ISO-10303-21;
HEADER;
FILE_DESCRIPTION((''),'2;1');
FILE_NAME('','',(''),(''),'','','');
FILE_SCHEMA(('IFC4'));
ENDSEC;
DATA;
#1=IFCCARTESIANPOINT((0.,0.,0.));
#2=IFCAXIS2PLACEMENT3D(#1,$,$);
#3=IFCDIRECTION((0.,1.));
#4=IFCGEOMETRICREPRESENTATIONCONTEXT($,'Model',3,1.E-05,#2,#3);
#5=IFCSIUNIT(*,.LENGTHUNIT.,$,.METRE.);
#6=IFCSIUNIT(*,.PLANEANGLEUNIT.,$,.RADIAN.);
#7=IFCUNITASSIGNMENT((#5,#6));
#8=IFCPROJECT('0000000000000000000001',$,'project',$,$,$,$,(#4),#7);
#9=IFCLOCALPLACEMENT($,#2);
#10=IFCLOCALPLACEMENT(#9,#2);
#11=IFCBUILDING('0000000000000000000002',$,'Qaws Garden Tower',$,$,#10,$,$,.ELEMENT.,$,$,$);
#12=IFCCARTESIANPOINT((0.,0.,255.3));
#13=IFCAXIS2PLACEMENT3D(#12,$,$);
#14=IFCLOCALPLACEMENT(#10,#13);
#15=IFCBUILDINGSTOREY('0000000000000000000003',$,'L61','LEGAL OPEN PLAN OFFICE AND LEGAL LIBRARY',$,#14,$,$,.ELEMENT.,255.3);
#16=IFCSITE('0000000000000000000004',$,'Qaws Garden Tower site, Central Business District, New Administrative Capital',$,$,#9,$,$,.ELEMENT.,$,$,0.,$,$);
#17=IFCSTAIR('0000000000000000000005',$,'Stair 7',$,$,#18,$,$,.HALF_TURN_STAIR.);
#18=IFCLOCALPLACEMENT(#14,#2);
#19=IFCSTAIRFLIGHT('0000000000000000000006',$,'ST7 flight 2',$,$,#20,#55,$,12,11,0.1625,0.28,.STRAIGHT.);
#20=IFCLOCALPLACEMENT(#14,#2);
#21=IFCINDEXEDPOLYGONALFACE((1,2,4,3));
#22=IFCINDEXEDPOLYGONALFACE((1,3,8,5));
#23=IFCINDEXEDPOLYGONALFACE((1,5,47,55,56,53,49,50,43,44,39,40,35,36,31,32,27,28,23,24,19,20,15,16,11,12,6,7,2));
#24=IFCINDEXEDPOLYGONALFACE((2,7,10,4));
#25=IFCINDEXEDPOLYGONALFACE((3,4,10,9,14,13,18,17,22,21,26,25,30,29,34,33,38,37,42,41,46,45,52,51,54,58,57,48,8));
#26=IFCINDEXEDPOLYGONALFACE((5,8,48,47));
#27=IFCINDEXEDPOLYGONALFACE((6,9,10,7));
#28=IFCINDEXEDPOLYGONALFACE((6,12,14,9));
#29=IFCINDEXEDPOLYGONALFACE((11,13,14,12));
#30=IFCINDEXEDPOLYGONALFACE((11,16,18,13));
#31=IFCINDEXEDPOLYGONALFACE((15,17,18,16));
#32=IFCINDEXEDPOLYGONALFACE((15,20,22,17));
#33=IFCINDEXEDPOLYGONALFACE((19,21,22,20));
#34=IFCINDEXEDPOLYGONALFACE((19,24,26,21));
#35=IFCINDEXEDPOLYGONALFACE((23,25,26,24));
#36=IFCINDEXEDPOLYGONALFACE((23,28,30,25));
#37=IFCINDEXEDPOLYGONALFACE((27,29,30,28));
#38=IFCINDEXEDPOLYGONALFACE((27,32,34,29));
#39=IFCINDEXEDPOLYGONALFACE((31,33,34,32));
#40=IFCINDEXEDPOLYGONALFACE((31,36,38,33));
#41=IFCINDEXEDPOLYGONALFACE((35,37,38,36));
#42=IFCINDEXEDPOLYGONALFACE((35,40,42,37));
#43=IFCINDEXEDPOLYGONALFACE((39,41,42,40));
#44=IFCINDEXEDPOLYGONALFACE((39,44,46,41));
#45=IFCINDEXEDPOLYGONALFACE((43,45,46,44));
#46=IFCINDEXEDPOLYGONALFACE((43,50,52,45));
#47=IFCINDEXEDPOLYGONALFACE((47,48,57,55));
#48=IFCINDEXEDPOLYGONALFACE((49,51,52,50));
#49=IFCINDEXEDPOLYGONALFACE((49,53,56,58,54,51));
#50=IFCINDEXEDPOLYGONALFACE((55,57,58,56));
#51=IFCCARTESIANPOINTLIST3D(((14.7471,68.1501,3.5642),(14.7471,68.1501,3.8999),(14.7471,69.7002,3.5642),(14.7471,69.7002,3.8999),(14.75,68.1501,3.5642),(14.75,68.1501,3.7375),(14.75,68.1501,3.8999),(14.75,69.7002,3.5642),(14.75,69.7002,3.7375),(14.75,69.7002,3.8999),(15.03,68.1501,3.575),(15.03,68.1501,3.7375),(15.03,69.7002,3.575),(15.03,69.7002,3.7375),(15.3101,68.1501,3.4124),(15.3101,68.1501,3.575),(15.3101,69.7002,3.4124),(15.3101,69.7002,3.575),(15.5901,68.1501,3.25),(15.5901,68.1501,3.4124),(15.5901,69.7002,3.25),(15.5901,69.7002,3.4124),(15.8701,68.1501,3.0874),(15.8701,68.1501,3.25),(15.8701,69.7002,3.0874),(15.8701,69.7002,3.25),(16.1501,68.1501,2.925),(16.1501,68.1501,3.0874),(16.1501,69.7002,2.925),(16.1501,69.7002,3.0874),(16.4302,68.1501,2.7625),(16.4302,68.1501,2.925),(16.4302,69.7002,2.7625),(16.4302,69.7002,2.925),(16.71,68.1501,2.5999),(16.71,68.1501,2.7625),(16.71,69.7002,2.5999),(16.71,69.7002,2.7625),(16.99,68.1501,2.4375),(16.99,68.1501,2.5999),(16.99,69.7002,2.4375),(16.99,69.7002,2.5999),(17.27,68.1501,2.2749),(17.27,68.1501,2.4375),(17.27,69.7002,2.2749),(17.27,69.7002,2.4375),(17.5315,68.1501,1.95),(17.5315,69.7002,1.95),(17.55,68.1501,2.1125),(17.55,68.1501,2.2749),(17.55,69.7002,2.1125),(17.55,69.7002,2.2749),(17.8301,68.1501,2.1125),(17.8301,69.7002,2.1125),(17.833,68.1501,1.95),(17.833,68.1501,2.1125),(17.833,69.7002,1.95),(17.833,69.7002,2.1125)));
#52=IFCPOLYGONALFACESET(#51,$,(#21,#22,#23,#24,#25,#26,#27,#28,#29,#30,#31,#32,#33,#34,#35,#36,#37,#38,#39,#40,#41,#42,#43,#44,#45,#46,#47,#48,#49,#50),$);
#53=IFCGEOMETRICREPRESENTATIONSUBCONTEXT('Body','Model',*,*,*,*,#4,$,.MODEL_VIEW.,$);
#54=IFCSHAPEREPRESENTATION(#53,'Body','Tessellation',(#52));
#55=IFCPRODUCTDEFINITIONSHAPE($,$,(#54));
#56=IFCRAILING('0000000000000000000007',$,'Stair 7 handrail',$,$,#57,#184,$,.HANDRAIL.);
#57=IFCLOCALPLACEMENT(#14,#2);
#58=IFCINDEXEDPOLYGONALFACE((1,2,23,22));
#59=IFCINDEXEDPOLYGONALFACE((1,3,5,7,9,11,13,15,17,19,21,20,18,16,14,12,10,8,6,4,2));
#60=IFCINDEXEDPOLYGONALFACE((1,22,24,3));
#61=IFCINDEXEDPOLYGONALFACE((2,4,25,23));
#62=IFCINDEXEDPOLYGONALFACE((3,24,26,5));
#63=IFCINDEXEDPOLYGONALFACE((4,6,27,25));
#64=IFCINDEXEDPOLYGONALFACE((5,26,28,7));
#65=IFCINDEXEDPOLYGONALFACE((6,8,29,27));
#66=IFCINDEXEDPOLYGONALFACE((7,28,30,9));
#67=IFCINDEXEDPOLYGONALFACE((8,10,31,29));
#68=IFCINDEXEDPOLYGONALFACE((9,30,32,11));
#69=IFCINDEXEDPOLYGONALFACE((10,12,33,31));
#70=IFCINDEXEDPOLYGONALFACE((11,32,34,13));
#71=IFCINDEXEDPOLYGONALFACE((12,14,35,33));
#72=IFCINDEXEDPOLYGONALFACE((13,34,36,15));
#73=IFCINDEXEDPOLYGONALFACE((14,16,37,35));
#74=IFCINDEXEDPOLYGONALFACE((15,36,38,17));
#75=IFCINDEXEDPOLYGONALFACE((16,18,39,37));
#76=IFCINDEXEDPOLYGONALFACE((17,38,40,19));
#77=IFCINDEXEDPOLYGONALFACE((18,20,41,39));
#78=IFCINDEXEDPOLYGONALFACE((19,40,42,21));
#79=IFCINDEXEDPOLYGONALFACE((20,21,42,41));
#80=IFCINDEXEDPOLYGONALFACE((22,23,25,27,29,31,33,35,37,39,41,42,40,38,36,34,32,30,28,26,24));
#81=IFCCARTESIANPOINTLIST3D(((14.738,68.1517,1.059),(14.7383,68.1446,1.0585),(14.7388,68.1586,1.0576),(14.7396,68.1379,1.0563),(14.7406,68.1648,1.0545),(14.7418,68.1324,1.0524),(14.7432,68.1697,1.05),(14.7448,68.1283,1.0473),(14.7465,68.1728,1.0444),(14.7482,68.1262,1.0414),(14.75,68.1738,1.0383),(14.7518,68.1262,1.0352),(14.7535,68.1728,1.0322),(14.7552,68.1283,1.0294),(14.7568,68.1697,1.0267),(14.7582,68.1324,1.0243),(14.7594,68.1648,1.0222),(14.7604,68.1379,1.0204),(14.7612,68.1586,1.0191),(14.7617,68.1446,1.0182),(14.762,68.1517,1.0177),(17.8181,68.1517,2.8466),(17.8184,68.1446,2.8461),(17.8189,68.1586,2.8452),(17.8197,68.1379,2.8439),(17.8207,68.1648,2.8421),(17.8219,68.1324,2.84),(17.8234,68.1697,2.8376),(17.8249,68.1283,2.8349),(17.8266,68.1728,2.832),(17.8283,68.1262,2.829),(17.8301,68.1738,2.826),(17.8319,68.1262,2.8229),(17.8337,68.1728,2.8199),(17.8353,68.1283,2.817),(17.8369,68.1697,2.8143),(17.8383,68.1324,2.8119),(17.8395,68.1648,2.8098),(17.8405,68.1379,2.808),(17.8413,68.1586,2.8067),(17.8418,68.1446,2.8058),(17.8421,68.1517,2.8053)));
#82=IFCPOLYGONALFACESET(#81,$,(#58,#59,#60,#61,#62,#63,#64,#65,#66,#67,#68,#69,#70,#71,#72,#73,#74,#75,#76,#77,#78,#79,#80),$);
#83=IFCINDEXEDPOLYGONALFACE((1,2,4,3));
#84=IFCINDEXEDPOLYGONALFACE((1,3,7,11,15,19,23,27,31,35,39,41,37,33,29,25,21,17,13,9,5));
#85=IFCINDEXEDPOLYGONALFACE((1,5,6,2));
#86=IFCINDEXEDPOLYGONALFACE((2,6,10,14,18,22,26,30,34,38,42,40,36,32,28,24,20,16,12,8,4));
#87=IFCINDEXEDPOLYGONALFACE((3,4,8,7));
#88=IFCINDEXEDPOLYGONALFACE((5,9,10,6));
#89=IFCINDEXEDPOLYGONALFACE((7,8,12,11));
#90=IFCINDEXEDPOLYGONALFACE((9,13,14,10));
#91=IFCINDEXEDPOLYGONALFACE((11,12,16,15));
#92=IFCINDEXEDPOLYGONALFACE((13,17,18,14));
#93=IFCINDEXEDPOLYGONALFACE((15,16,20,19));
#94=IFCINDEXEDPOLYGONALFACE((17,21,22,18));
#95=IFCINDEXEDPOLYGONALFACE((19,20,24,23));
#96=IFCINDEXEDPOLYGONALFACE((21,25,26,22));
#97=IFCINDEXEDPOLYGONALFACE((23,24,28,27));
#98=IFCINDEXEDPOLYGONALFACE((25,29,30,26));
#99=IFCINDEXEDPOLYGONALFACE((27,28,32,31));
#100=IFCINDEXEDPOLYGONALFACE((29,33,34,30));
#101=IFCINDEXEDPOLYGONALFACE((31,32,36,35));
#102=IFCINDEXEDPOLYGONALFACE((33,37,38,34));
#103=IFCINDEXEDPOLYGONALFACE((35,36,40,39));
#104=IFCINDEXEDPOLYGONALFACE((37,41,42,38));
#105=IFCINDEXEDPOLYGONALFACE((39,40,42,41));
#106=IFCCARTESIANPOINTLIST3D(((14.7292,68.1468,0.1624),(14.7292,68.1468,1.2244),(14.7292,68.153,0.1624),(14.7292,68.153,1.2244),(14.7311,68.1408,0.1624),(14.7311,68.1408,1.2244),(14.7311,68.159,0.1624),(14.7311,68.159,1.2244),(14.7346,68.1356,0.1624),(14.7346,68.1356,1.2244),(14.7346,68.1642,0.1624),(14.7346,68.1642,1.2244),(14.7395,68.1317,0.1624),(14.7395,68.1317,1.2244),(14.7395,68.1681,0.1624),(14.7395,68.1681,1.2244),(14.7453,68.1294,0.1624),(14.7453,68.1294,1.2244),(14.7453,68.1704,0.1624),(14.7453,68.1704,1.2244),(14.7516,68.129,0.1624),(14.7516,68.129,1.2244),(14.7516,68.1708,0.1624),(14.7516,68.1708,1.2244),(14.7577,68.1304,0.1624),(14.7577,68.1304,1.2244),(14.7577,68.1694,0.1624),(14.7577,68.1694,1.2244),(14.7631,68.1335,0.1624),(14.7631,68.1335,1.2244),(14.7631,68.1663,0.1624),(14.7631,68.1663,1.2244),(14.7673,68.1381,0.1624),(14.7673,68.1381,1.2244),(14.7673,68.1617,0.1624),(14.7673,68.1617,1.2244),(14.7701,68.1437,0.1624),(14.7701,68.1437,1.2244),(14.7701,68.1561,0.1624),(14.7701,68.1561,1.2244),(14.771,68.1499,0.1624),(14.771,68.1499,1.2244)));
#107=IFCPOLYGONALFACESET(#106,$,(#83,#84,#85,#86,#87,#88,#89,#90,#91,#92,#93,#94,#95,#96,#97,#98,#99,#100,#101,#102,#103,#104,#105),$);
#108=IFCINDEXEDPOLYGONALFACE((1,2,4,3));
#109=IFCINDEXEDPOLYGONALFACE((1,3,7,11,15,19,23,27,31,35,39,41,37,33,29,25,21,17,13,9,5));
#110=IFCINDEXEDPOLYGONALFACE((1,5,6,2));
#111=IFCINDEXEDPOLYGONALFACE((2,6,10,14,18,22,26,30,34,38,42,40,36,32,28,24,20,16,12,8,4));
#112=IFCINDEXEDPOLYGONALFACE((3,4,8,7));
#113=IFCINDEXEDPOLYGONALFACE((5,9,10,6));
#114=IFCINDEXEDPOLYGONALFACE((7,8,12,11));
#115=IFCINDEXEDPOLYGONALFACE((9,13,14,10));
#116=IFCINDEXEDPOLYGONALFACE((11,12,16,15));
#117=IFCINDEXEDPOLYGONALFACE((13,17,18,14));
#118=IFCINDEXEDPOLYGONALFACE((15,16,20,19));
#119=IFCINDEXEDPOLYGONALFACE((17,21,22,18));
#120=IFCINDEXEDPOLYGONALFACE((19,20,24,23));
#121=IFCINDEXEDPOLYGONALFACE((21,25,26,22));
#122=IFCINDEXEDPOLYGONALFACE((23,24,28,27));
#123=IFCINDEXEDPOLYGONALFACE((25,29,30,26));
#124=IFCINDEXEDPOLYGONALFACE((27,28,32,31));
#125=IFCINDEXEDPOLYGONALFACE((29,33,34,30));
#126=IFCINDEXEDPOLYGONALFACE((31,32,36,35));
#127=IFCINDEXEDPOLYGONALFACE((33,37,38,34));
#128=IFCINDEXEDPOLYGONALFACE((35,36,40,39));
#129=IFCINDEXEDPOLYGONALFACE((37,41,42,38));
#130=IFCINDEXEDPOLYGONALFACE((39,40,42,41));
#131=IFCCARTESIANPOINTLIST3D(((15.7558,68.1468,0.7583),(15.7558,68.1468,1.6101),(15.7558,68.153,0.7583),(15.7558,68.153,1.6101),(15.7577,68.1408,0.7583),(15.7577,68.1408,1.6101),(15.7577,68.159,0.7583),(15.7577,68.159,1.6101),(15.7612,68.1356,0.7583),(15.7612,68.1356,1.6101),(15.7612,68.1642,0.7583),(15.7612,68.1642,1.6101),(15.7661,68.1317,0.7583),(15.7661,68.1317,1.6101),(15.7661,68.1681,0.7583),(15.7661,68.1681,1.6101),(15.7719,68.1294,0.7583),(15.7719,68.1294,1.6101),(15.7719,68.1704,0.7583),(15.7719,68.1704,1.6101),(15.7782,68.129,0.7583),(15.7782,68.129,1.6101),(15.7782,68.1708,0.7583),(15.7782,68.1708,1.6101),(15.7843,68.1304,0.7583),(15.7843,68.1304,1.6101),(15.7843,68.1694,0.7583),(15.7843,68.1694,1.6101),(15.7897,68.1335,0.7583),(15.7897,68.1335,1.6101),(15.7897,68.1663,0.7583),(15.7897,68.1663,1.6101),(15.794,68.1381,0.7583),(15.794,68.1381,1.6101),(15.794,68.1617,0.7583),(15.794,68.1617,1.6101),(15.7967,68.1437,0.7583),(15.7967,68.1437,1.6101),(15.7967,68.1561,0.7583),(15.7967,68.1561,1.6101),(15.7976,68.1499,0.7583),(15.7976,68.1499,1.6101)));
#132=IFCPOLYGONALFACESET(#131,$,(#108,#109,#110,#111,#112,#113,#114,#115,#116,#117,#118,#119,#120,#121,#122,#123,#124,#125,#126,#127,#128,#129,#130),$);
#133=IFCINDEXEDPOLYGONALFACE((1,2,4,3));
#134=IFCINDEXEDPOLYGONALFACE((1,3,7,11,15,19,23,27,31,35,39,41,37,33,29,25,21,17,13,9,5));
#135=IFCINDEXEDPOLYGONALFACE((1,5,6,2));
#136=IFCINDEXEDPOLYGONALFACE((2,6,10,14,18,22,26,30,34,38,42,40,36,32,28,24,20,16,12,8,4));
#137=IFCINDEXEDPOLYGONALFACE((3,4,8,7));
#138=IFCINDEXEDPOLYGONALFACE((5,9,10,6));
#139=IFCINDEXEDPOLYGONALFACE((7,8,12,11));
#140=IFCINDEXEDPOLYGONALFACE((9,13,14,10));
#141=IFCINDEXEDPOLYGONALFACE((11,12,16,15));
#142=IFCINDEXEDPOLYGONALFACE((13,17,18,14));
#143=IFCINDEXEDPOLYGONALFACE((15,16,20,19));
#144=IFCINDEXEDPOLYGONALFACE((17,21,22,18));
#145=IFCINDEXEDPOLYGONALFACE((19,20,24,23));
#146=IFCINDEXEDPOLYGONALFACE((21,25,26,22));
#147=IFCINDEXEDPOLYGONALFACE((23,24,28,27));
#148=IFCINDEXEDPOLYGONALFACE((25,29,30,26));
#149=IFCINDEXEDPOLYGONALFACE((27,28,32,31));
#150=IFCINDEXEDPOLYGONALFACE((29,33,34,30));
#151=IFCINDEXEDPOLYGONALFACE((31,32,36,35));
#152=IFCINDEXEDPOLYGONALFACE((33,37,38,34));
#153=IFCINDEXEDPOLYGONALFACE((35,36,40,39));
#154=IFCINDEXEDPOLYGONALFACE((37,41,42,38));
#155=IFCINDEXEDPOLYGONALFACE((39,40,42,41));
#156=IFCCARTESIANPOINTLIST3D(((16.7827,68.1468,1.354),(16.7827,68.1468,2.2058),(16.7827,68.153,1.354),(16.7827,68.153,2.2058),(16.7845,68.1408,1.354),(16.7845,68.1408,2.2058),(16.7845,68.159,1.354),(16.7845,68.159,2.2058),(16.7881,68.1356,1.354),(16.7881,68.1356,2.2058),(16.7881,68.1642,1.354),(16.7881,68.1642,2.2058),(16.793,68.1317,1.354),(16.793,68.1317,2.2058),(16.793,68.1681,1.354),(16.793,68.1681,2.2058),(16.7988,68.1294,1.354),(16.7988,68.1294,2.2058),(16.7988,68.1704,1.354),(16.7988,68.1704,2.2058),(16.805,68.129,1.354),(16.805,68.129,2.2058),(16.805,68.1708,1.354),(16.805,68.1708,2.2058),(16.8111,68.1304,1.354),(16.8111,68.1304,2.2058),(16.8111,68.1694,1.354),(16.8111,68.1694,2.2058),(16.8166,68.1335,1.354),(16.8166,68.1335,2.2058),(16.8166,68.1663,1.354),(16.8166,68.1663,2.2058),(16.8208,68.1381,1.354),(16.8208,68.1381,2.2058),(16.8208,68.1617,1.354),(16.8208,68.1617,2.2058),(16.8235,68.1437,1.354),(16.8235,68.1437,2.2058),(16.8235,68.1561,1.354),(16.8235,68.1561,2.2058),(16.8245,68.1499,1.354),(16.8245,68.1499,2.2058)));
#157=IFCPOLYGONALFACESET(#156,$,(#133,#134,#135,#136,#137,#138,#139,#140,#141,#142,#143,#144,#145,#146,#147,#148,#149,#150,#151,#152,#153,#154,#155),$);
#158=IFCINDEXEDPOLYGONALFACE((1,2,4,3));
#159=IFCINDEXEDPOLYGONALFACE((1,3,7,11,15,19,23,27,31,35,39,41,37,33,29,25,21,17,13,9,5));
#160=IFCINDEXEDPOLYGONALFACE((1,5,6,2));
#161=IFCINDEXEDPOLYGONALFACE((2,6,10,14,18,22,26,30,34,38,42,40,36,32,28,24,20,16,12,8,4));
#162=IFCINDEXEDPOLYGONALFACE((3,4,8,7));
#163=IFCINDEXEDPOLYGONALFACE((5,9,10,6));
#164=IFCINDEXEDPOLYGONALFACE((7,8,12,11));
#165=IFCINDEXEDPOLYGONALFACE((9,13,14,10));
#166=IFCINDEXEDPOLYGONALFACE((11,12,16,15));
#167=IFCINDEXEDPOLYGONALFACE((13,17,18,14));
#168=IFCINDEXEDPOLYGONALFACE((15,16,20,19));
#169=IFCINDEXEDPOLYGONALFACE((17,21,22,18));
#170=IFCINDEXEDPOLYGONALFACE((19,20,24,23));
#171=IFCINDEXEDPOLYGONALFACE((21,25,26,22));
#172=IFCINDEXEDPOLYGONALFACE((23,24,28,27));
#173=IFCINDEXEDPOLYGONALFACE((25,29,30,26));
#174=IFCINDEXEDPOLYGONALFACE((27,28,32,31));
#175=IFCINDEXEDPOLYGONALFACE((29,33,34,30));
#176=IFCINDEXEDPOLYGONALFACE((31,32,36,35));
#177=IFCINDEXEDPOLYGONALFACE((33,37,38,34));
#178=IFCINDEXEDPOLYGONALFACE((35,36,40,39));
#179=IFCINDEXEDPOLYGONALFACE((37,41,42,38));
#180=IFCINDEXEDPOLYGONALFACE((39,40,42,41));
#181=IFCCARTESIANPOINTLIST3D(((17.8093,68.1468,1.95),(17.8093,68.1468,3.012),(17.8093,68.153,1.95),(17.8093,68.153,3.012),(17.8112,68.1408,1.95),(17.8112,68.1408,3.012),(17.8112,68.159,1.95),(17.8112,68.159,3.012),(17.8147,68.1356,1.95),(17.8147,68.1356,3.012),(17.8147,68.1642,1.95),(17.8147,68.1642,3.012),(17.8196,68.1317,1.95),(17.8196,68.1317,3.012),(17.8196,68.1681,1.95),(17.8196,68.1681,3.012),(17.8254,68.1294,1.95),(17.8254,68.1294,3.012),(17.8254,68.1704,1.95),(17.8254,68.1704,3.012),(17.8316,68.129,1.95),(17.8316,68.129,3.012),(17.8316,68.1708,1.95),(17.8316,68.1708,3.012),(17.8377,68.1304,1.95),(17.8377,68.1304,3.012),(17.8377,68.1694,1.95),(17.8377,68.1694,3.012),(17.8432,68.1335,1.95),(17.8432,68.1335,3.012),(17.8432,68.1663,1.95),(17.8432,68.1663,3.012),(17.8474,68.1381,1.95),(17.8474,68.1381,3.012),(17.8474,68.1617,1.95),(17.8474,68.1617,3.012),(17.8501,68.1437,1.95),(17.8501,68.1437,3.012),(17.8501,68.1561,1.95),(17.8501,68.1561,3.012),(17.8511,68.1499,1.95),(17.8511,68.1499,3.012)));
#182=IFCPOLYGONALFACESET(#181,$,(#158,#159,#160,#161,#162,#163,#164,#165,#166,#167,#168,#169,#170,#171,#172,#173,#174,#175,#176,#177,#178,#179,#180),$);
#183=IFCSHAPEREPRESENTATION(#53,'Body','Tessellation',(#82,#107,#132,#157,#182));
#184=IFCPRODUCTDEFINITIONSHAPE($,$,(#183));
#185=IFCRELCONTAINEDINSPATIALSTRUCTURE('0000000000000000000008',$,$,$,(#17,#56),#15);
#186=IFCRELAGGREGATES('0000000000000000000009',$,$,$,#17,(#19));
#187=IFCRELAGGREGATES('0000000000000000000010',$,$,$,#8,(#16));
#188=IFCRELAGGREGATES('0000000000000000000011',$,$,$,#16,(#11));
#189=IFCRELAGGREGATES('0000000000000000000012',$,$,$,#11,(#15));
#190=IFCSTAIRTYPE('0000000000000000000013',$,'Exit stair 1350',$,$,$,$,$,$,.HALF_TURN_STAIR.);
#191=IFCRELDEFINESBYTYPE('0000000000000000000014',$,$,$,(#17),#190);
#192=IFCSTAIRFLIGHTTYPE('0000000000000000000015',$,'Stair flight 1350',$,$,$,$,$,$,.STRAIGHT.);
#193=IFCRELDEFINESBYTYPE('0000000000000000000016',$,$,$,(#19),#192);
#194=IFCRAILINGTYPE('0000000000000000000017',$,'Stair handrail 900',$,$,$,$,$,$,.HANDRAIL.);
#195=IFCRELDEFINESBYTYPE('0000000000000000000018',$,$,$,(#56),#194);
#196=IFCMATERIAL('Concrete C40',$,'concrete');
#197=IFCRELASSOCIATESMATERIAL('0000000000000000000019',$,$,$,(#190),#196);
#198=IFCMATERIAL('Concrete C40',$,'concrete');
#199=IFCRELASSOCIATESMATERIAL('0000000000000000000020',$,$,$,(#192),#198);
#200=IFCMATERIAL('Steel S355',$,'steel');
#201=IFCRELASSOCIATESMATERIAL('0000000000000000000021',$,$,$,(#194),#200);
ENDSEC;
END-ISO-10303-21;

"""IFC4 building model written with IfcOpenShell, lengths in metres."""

from ifc_helpers import new_model, si_unit, direction, frame, origin, origin_2d, place, context, subcontext, project, spatial, polyline, circle, outline, extrude, material, type_object, element, aggregate, save


model = new_model("IFC4")

# Units and contexts
model_context = context("Model", 3, precision=1e-05, world=origin(), true_north=direction((0.0, 1.0)))
body_context = subcontext(model_context, "Body", "Model", "MODEL_VIEW")
ifc_project = project(units=[si_unit("LENGTHUNIT", "METRE"), si_unit("PLANEANGLEUNIT", "RADIAN")], contexts=[model_context])

# Site, building, storey
site_placement = place(None, origin())
site = spatial("IfcSite", under=ifc_project, at=site_placement, Name="Qaws Garden Tower site, Central Business District, New Administrative Capital", CompositionType="ELEMENT", RefElevation=0.0)
building_placement = place(site_placement, origin())
building = spatial("IfcBuilding", under=site, at=building_placement, Name="Qaws Garden Tower", CompositionType="ELEMENT")
storey_placement = place(building_placement, frame((0.0, 0.0, 255.3)))
storey = spatial("IfcBuildingStorey", under=building, at=storey_placement, Name="L61", Description="LEGAL OPEN PLAN OFFICE AND LEGAL LIBRARY", CompositionType="ELEMENT", Elevation=255.3)

# Stair, stair flight
ifc_material_1 = material(Name="Concrete C40", Category="concrete")
stair_type = type_object("IfcStairType", Name="Exit stair 1350", PredefinedType="HALF_TURN_STAIR", material=ifc_material_1)
stair_placement = place(storey_placement, origin())
stair = element("IfcStair", 1, at=stair_placement, inside=storey, type_object=stair_type, Name="Stair 7", PredefinedType="HALF_TURN_STAIR")
ifc_material_2 = material(Name="Concrete C40", Category="concrete")
stair_flight_type = type_object("IfcStairFlightType", Name="Stair flight 1350", PredefinedType="STRAIGHT", material=ifc_material_2)
stair_flight_1_placement = place(storey_placement, frame((17.8301, 68.925, 1.95), z_axis=(0.0, 0.0, 1.0), x_axis=(-1.0, 0.0, 0.0)))
stair_flight_1 = element("IfcStairFlight", 2, at=stair_flight_1_placement, type_object=stair_flight_type, Name="ST7 flight 2", NumberOfRisers=12, NumberOfTreads=11, PredefinedType="STRAIGHT", RiserHeight=0.1625, TreadLength=0.28, context=body_context, shape_type="SweptSolid", body=[
    extrude(outline(polyline([(-0.0029, 0.0), (-0.0029, 0.1626), (0.0, 0.1626), (0.28, 0.1626), (0.28, 0.325), (0.5601, 0.325), (0.5601, 0.4875), (0.8401, 0.4875), (0.8401, 0.6499), (1.1201, 0.6499), (1.1201, 0.8125), (1.3999, 0.8125), (1.3999, 0.9751), (1.6799, 0.9751), (1.6799, 1.1375), (1.96, 1.1375), (1.96, 1.3), (2.24, 1.3), (2.24, 1.4624), (2.52, 1.4624), (2.52, 1.625), (2.8, 1.625), (2.8, 1.7876), (3.0801, 1.7876), (3.0801, 1.95), (3.083, 1.95), (3.083, 1.6143), (3.0801, 1.6143), (0.2986, 0.0), (-0.0029, 0.0)])), frame((0.0, 0.7749, 0.0), z_axis=(0.0, -1.0, 0.0), x_axis=(1.0, 0.0, 0.0)), (0.0, 0.0, 1.0), 1.55),
])
aggregate(stair, [stair_flight_1])

# Railing
ifc_material_3 = material(Name="Steel S355", Category="steel")
railing_type = type_object("IfcRailingType", Name="Stair handrail 900", PredefinedType="HANDRAIL", material=ifc_material_3)
railing_1_placement = place(storey_placement, frame((14.75, 68.1499, 0.1624)))
element("IfcRailing", 3, at=railing_1_placement, inside=storey, type_object=railing_type, Name="Stair 7 handrail", PredefinedType="HANDRAIL", context=body_context, shape_type="SweptSolid", body=[
    extrude(circle(Radius=0.0239, at=origin_2d()), frame((0.0, 0.0, 0.876), z_axis=(0.864891, 0.0, 0.50196), x_axis=(0.0, 1.0, 0.0)), (0.0, 0.0, 1.0), 3.5613),
    extrude(circle(Radius=0.021, at=origin_2d()), origin(), (0.0, 0.0, 1.0), 1.062),
    extrude(circle(Radius=0.021, at=origin_2d()), frame((1.0266, 0.0, 0.5959)), (0.0, 0.0, 1.0), 0.8518),
    extrude(circle(Radius=0.021, at=origin_2d()), frame((2.0535, 0.0, 1.1917)), (0.0, 0.0, 1.0), 0.8518),
    extrude(circle(Radius=0.021, at=origin_2d()), frame((3.0801, 0.0, 1.7876)), (0.0, 0.0, 1.0), 1.062),
])

save(model, "model.ifc")
